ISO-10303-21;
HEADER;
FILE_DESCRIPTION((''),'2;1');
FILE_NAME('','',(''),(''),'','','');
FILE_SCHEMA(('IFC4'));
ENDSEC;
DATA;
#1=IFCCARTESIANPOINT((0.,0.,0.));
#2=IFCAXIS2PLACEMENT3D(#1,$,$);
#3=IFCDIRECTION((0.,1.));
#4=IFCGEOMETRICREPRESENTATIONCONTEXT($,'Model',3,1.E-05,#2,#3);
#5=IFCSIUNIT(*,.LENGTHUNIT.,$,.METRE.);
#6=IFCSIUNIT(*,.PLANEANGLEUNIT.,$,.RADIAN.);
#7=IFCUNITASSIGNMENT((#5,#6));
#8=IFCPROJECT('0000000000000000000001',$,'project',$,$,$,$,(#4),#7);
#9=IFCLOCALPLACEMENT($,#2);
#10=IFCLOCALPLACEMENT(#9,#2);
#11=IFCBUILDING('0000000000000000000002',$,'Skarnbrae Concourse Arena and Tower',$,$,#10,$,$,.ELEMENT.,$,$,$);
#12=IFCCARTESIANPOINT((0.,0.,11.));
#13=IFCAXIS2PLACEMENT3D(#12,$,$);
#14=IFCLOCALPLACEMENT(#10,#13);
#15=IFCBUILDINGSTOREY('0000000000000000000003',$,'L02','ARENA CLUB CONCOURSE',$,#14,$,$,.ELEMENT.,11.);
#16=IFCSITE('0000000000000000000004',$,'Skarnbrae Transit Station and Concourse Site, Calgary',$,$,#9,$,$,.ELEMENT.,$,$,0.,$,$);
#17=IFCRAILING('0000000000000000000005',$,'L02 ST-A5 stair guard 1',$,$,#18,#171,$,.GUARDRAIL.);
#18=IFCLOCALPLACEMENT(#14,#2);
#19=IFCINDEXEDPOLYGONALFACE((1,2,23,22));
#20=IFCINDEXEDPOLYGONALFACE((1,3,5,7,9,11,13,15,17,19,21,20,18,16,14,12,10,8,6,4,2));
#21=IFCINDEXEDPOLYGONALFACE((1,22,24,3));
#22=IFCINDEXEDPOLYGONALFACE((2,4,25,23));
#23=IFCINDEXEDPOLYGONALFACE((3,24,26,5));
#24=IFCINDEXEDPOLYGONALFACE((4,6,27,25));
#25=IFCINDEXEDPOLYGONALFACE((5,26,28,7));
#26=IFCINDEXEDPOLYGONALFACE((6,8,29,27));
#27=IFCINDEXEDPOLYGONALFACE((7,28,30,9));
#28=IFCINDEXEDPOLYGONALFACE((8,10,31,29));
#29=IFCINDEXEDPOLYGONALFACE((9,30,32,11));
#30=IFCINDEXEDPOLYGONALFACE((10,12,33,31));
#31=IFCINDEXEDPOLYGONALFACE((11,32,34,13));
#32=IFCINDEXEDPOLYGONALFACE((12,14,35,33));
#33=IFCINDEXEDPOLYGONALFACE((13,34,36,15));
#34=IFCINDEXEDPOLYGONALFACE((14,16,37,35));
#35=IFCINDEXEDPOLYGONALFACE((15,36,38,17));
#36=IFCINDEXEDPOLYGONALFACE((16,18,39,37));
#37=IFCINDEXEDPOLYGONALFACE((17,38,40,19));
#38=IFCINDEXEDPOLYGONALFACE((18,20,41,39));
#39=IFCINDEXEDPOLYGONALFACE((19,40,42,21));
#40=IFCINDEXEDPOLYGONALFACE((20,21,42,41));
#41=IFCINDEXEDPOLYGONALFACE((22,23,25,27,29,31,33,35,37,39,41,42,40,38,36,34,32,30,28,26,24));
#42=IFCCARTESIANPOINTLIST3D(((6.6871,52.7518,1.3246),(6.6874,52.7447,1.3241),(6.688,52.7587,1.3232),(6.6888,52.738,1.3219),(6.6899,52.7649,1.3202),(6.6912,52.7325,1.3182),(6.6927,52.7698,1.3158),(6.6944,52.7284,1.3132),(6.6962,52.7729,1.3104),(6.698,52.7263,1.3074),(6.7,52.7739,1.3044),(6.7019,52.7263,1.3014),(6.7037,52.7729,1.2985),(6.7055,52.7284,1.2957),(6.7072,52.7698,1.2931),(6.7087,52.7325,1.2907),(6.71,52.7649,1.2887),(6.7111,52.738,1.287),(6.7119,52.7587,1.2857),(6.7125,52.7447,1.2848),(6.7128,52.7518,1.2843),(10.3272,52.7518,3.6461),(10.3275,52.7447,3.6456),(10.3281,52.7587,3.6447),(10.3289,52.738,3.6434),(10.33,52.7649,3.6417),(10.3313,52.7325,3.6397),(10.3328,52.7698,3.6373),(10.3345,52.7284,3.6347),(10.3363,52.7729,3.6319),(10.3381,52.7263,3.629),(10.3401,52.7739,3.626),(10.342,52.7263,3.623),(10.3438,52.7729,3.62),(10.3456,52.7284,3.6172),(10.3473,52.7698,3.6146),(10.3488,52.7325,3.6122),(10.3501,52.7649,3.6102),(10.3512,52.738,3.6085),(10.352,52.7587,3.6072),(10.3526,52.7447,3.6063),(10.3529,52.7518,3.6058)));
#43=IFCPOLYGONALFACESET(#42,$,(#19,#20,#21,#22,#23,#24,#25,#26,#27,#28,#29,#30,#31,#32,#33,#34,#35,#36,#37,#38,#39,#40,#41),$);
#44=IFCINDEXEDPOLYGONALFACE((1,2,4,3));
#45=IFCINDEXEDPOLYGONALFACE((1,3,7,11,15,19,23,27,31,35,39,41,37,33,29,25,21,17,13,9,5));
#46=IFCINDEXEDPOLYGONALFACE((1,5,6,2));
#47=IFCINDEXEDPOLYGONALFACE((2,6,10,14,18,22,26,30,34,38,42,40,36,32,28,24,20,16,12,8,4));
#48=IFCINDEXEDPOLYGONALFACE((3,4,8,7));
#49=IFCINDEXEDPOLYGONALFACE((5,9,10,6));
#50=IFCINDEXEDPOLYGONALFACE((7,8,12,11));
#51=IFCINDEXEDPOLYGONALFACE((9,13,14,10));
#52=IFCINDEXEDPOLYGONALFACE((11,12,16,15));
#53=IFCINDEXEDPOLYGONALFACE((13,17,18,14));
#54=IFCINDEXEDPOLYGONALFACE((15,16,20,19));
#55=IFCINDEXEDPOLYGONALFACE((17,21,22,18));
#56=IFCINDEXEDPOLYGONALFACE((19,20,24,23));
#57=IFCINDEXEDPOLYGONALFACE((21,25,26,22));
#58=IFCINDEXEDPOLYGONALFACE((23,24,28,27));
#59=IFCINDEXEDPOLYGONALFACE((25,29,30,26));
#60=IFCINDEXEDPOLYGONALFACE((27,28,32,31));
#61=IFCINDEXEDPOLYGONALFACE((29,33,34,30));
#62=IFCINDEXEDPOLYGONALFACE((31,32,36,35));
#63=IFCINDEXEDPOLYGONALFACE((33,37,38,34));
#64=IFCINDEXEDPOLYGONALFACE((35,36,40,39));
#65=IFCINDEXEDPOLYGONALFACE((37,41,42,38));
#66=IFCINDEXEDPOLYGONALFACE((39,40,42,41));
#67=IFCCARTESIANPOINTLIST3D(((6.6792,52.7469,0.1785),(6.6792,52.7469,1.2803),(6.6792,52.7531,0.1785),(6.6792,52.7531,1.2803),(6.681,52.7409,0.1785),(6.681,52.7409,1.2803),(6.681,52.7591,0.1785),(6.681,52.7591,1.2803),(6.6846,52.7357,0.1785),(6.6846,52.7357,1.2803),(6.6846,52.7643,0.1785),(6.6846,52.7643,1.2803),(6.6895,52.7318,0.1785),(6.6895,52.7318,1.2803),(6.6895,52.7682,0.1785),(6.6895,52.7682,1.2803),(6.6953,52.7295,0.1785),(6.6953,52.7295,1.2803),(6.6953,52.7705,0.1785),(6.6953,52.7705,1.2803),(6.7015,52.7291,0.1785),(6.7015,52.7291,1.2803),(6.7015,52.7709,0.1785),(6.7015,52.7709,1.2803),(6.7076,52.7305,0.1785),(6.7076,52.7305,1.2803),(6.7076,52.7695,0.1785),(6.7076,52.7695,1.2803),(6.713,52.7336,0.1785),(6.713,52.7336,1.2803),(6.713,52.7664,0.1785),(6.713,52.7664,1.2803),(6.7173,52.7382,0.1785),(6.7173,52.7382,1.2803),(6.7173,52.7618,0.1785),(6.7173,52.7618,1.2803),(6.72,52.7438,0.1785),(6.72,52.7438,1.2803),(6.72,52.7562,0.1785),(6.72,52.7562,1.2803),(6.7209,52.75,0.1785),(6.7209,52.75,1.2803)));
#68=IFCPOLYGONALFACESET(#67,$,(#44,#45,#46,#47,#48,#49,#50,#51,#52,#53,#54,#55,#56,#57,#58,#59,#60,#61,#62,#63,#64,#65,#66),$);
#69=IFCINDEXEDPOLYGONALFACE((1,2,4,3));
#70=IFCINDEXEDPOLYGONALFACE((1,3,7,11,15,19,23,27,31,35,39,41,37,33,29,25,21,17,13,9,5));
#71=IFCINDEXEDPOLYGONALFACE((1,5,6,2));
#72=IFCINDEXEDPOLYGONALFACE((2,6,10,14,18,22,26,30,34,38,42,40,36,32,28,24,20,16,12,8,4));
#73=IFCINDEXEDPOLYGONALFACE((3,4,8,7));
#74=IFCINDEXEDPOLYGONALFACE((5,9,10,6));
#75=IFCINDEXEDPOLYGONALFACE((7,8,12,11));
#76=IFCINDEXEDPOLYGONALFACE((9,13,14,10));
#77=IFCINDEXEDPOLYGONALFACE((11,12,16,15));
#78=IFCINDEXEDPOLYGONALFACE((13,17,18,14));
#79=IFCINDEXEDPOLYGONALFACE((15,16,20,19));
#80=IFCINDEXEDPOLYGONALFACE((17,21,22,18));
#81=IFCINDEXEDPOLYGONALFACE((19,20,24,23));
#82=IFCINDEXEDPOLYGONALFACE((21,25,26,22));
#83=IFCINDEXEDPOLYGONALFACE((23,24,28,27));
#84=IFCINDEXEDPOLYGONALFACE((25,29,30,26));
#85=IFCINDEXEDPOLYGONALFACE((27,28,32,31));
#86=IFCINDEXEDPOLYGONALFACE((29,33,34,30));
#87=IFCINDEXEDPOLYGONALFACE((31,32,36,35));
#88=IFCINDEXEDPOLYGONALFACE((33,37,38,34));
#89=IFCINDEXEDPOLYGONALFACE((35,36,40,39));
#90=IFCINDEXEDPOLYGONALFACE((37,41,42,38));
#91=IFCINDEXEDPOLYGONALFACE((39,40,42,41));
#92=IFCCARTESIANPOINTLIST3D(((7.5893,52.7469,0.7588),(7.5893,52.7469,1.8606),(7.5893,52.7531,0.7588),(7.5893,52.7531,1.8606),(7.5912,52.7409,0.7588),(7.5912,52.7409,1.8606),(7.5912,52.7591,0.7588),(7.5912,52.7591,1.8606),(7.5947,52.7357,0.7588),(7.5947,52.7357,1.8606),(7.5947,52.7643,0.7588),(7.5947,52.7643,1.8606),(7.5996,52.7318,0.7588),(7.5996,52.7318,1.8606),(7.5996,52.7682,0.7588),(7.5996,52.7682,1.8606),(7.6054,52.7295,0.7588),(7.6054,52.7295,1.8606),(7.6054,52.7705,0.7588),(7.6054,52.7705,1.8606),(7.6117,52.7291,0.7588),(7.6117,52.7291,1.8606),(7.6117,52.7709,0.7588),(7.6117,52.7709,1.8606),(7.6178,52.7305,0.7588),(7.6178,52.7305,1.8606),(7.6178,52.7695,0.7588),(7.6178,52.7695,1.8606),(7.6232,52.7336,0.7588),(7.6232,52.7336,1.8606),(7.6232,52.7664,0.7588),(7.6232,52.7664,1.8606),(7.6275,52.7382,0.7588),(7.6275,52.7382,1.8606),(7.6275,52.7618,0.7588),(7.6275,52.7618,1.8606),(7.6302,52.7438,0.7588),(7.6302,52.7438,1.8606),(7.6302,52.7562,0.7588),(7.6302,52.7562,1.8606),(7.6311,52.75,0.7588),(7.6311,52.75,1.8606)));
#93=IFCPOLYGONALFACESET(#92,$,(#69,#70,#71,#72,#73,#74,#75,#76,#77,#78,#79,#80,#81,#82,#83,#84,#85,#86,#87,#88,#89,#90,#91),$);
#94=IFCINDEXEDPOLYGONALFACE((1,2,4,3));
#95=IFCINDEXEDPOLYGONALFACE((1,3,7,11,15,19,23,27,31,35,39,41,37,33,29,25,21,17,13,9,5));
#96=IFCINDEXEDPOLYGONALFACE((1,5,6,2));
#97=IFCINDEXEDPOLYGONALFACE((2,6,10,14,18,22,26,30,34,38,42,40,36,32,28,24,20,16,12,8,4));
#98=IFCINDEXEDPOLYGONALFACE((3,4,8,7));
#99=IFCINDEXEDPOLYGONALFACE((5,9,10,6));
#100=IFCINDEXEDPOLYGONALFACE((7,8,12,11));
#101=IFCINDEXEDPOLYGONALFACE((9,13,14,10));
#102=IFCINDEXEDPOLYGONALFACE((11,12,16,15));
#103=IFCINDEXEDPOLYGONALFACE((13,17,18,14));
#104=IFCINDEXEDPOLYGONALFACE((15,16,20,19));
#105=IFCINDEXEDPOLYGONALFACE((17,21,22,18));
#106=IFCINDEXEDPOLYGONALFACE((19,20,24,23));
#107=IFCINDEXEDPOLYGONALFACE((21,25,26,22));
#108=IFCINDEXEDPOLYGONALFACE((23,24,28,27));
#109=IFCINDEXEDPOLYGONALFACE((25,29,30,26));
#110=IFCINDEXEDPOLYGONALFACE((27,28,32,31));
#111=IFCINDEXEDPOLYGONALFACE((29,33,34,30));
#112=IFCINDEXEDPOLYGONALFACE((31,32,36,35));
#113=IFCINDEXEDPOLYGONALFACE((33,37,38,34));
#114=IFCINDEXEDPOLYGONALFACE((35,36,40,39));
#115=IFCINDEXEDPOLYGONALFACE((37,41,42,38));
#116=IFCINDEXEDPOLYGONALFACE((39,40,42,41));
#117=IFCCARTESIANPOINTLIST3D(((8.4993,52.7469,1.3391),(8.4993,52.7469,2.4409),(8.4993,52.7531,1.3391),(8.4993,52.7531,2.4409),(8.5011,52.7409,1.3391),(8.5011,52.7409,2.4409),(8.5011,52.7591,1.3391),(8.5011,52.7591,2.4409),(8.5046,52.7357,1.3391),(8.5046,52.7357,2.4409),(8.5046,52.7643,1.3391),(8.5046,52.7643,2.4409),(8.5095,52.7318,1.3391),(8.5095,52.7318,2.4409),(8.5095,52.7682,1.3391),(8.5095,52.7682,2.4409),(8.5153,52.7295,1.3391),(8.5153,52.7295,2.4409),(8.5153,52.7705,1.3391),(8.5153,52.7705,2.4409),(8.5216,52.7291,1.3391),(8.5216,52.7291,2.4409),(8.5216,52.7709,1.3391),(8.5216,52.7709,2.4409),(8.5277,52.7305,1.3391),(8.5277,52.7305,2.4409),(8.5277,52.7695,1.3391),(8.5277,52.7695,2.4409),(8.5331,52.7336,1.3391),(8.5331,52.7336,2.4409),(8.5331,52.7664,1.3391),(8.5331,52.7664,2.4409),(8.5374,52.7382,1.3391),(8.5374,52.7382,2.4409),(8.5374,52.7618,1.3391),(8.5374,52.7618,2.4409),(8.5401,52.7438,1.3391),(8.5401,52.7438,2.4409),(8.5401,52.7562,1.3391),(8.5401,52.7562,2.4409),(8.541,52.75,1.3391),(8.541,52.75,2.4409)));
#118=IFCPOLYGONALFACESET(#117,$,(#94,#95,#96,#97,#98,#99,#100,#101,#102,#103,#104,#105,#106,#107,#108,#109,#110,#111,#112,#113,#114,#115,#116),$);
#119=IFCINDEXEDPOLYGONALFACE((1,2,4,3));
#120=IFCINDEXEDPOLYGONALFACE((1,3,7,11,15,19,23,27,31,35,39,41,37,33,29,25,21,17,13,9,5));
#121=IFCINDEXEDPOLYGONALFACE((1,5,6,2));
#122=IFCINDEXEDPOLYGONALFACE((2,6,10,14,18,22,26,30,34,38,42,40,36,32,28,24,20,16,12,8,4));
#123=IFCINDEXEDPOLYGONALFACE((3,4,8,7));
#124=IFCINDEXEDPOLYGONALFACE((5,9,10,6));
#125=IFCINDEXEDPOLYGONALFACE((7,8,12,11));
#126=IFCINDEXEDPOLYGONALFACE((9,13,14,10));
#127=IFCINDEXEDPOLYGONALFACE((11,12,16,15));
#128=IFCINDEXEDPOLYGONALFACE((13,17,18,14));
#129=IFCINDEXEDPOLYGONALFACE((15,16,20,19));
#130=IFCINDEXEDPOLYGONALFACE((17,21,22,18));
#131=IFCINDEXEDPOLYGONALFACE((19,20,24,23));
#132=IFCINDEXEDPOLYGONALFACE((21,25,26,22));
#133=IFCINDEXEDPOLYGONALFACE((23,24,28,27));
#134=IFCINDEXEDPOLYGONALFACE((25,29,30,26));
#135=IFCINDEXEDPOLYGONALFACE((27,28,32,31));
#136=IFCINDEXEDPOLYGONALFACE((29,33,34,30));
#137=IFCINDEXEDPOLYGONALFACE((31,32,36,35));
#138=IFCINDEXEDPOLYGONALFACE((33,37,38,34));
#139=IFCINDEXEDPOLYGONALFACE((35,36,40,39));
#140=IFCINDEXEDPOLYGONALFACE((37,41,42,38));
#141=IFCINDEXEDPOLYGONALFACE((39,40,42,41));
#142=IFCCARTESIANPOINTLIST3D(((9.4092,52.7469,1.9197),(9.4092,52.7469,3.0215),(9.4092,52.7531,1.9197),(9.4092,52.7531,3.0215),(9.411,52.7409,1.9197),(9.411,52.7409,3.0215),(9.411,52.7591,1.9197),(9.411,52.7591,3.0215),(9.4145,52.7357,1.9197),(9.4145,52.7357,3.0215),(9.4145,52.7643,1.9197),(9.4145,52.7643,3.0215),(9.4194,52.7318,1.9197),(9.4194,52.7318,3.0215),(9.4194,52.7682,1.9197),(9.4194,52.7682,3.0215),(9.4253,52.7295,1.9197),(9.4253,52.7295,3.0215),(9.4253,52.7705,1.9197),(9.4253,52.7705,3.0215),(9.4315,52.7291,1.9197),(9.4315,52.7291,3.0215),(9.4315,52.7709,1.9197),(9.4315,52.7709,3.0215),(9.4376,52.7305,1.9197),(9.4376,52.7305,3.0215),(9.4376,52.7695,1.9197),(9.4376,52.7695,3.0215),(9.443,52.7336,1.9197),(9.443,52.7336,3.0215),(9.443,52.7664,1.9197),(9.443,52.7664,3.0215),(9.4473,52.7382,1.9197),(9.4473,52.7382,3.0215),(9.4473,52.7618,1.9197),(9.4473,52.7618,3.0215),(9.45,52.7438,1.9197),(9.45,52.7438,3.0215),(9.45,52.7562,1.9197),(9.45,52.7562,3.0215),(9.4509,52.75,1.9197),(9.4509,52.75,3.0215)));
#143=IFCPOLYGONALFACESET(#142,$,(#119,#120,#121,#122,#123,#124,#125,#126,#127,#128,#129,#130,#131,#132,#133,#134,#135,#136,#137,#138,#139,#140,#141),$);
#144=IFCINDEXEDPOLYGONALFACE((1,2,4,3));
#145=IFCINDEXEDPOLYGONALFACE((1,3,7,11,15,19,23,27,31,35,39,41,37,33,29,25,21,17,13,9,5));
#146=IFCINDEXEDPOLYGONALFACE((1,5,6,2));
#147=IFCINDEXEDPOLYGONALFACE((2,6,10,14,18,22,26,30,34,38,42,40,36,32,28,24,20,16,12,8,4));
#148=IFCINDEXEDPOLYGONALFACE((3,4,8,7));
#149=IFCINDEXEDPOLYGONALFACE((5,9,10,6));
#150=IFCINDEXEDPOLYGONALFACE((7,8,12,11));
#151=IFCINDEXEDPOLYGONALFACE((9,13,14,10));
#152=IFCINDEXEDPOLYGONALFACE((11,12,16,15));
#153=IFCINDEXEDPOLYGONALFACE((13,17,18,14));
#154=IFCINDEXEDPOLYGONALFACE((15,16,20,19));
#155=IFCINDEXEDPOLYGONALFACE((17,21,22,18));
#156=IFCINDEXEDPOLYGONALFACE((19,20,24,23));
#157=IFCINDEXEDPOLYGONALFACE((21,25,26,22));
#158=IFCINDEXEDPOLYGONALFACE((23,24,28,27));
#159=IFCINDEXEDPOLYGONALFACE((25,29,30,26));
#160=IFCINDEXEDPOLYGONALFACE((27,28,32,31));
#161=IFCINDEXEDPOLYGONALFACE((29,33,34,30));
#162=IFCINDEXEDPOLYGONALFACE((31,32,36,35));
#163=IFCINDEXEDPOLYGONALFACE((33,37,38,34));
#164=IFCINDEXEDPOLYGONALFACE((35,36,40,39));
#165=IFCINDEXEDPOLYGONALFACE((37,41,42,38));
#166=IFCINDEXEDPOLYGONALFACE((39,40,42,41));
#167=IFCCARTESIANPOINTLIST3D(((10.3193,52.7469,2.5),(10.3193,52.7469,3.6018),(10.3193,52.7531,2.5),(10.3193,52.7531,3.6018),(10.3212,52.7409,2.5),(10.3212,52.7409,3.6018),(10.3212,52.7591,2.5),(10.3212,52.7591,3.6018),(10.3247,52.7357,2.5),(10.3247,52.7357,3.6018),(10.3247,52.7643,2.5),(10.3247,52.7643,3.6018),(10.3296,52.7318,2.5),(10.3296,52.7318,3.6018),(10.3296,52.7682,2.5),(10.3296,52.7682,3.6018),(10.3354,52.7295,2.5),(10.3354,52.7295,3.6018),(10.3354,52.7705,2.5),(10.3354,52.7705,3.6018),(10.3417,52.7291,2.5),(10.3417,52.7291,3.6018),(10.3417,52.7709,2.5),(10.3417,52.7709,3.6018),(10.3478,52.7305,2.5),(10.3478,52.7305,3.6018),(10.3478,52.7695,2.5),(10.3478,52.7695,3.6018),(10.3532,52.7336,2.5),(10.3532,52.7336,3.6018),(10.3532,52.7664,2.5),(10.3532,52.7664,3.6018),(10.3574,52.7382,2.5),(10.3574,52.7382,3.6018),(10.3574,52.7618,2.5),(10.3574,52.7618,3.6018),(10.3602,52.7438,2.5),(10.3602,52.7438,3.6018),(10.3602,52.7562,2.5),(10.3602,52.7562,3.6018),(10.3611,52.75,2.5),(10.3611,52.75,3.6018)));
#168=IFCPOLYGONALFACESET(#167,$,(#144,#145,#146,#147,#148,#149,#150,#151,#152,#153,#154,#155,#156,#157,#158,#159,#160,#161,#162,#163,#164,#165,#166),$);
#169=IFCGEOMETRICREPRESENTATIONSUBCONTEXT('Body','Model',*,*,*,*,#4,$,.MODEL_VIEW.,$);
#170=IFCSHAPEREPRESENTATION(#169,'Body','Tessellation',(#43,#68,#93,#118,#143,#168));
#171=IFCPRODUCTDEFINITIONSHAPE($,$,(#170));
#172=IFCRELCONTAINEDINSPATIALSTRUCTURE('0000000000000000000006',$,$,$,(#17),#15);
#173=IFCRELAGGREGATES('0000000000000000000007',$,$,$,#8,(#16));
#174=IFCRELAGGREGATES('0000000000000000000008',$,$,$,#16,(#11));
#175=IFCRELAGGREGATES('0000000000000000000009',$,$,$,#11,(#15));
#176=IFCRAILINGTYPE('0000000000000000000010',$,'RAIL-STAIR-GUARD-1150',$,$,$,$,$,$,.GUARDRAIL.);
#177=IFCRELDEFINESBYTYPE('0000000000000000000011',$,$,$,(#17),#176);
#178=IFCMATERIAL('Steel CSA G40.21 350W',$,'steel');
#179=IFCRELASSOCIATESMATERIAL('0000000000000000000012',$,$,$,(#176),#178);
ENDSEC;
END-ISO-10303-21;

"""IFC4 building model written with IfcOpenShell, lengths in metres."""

from ifc_helpers import new_model, si_unit, direction, frame, origin, origin_2d, place, context, subcontext, project, spatial, circle, extrude, material, type_object, element, save


model = new_model("IFC4")

# Units and contexts
model_context = context("Model", 3, precision=1e-05, world=origin(), true_north=direction((0.0, 1.0)))
body_context = subcontext(model_context, "Body", "Model", "MODEL_VIEW")
ifc_project = project(units=[si_unit("LENGTHUNIT", "METRE"), si_unit("PLANEANGLEUNIT", "RADIAN")], contexts=[model_context])

# Site, building, storey
site_placement = place(None, origin())
site = spatial("IfcSite", under=ifc_project, at=site_placement, Name="Skarnbrae Transit Station and Concourse Site, Calgary", CompositionType="ELEMENT", RefElevation=0.0)
building_placement = place(site_placement, origin())
building = spatial("IfcBuilding", under=site, at=building_placement, Name="Skarnbrae Concourse Arena and Tower", CompositionType="ELEMENT")
storey_placement = place(building_placement, frame((0.0, 0.0, 11.0)))
storey = spatial("IfcBuildingStorey", under=building, at=storey_placement, Name="L02", Description="ARENA CLUB CONCOURSE", CompositionType="ELEMENT", Elevation=11.0)

# Shared definitions
ifc_material_1 = material(Name="Steel CSA G40.21 350W", Category="steel")

# Railing
railing_type_1 = type_object("IfcRailingType", Name="RAIL-STAIR-GUARD-1150", PredefinedType="GUARDRAIL", material=ifc_material_1)
railing_1_placement = place(storey_placement, frame((6.7, 52.75, 0.1785)))
element("IfcRailing", 1, at=railing_1_placement, inside=storey, type_object=railing_type_1, Name="L02 ST-A5 stair guard 1", PredefinedType="GUARDRAIL", context=body_context, shape_type="SweptSolid", body=[
    extrude(circle(Radius=0.0239, at=origin_2d()), frame((0.0, 0.0, 1.126), z_axis=(0.843128, 0.0, 0.537713), x_axis=(0.0, 1.0, 0.0)), (0.0, 0.0, 1.0), 4.3174),
    extrude(circle(Radius=0.021, at=origin_2d()), origin(), (0.0, 0.0, 1.0), 1.1018),
    extrude(circle(Radius=0.021, at=origin_2d()), frame((0.9102, 0.0, 0.5803)), (0.0, 0.0, 1.0), 1.1018),
    extrude(circle(Radius=0.021, at=origin_2d()), frame((1.8201, 0.0, 1.1606)), (0.0, 0.0, 1.0), 1.1018),
    extrude(circle(Radius=0.021, at=origin_2d()), frame((2.73, 0.0, 1.7412)), (0.0, 0.0, 1.0), 1.1018),
    extrude(circle(Radius=0.021, at=origin_2d()), frame((3.6401, 0.0, 2.3215)), (0.0, 0.0, 1.0), 1.1018),
])

save(model, "model.ifc")
